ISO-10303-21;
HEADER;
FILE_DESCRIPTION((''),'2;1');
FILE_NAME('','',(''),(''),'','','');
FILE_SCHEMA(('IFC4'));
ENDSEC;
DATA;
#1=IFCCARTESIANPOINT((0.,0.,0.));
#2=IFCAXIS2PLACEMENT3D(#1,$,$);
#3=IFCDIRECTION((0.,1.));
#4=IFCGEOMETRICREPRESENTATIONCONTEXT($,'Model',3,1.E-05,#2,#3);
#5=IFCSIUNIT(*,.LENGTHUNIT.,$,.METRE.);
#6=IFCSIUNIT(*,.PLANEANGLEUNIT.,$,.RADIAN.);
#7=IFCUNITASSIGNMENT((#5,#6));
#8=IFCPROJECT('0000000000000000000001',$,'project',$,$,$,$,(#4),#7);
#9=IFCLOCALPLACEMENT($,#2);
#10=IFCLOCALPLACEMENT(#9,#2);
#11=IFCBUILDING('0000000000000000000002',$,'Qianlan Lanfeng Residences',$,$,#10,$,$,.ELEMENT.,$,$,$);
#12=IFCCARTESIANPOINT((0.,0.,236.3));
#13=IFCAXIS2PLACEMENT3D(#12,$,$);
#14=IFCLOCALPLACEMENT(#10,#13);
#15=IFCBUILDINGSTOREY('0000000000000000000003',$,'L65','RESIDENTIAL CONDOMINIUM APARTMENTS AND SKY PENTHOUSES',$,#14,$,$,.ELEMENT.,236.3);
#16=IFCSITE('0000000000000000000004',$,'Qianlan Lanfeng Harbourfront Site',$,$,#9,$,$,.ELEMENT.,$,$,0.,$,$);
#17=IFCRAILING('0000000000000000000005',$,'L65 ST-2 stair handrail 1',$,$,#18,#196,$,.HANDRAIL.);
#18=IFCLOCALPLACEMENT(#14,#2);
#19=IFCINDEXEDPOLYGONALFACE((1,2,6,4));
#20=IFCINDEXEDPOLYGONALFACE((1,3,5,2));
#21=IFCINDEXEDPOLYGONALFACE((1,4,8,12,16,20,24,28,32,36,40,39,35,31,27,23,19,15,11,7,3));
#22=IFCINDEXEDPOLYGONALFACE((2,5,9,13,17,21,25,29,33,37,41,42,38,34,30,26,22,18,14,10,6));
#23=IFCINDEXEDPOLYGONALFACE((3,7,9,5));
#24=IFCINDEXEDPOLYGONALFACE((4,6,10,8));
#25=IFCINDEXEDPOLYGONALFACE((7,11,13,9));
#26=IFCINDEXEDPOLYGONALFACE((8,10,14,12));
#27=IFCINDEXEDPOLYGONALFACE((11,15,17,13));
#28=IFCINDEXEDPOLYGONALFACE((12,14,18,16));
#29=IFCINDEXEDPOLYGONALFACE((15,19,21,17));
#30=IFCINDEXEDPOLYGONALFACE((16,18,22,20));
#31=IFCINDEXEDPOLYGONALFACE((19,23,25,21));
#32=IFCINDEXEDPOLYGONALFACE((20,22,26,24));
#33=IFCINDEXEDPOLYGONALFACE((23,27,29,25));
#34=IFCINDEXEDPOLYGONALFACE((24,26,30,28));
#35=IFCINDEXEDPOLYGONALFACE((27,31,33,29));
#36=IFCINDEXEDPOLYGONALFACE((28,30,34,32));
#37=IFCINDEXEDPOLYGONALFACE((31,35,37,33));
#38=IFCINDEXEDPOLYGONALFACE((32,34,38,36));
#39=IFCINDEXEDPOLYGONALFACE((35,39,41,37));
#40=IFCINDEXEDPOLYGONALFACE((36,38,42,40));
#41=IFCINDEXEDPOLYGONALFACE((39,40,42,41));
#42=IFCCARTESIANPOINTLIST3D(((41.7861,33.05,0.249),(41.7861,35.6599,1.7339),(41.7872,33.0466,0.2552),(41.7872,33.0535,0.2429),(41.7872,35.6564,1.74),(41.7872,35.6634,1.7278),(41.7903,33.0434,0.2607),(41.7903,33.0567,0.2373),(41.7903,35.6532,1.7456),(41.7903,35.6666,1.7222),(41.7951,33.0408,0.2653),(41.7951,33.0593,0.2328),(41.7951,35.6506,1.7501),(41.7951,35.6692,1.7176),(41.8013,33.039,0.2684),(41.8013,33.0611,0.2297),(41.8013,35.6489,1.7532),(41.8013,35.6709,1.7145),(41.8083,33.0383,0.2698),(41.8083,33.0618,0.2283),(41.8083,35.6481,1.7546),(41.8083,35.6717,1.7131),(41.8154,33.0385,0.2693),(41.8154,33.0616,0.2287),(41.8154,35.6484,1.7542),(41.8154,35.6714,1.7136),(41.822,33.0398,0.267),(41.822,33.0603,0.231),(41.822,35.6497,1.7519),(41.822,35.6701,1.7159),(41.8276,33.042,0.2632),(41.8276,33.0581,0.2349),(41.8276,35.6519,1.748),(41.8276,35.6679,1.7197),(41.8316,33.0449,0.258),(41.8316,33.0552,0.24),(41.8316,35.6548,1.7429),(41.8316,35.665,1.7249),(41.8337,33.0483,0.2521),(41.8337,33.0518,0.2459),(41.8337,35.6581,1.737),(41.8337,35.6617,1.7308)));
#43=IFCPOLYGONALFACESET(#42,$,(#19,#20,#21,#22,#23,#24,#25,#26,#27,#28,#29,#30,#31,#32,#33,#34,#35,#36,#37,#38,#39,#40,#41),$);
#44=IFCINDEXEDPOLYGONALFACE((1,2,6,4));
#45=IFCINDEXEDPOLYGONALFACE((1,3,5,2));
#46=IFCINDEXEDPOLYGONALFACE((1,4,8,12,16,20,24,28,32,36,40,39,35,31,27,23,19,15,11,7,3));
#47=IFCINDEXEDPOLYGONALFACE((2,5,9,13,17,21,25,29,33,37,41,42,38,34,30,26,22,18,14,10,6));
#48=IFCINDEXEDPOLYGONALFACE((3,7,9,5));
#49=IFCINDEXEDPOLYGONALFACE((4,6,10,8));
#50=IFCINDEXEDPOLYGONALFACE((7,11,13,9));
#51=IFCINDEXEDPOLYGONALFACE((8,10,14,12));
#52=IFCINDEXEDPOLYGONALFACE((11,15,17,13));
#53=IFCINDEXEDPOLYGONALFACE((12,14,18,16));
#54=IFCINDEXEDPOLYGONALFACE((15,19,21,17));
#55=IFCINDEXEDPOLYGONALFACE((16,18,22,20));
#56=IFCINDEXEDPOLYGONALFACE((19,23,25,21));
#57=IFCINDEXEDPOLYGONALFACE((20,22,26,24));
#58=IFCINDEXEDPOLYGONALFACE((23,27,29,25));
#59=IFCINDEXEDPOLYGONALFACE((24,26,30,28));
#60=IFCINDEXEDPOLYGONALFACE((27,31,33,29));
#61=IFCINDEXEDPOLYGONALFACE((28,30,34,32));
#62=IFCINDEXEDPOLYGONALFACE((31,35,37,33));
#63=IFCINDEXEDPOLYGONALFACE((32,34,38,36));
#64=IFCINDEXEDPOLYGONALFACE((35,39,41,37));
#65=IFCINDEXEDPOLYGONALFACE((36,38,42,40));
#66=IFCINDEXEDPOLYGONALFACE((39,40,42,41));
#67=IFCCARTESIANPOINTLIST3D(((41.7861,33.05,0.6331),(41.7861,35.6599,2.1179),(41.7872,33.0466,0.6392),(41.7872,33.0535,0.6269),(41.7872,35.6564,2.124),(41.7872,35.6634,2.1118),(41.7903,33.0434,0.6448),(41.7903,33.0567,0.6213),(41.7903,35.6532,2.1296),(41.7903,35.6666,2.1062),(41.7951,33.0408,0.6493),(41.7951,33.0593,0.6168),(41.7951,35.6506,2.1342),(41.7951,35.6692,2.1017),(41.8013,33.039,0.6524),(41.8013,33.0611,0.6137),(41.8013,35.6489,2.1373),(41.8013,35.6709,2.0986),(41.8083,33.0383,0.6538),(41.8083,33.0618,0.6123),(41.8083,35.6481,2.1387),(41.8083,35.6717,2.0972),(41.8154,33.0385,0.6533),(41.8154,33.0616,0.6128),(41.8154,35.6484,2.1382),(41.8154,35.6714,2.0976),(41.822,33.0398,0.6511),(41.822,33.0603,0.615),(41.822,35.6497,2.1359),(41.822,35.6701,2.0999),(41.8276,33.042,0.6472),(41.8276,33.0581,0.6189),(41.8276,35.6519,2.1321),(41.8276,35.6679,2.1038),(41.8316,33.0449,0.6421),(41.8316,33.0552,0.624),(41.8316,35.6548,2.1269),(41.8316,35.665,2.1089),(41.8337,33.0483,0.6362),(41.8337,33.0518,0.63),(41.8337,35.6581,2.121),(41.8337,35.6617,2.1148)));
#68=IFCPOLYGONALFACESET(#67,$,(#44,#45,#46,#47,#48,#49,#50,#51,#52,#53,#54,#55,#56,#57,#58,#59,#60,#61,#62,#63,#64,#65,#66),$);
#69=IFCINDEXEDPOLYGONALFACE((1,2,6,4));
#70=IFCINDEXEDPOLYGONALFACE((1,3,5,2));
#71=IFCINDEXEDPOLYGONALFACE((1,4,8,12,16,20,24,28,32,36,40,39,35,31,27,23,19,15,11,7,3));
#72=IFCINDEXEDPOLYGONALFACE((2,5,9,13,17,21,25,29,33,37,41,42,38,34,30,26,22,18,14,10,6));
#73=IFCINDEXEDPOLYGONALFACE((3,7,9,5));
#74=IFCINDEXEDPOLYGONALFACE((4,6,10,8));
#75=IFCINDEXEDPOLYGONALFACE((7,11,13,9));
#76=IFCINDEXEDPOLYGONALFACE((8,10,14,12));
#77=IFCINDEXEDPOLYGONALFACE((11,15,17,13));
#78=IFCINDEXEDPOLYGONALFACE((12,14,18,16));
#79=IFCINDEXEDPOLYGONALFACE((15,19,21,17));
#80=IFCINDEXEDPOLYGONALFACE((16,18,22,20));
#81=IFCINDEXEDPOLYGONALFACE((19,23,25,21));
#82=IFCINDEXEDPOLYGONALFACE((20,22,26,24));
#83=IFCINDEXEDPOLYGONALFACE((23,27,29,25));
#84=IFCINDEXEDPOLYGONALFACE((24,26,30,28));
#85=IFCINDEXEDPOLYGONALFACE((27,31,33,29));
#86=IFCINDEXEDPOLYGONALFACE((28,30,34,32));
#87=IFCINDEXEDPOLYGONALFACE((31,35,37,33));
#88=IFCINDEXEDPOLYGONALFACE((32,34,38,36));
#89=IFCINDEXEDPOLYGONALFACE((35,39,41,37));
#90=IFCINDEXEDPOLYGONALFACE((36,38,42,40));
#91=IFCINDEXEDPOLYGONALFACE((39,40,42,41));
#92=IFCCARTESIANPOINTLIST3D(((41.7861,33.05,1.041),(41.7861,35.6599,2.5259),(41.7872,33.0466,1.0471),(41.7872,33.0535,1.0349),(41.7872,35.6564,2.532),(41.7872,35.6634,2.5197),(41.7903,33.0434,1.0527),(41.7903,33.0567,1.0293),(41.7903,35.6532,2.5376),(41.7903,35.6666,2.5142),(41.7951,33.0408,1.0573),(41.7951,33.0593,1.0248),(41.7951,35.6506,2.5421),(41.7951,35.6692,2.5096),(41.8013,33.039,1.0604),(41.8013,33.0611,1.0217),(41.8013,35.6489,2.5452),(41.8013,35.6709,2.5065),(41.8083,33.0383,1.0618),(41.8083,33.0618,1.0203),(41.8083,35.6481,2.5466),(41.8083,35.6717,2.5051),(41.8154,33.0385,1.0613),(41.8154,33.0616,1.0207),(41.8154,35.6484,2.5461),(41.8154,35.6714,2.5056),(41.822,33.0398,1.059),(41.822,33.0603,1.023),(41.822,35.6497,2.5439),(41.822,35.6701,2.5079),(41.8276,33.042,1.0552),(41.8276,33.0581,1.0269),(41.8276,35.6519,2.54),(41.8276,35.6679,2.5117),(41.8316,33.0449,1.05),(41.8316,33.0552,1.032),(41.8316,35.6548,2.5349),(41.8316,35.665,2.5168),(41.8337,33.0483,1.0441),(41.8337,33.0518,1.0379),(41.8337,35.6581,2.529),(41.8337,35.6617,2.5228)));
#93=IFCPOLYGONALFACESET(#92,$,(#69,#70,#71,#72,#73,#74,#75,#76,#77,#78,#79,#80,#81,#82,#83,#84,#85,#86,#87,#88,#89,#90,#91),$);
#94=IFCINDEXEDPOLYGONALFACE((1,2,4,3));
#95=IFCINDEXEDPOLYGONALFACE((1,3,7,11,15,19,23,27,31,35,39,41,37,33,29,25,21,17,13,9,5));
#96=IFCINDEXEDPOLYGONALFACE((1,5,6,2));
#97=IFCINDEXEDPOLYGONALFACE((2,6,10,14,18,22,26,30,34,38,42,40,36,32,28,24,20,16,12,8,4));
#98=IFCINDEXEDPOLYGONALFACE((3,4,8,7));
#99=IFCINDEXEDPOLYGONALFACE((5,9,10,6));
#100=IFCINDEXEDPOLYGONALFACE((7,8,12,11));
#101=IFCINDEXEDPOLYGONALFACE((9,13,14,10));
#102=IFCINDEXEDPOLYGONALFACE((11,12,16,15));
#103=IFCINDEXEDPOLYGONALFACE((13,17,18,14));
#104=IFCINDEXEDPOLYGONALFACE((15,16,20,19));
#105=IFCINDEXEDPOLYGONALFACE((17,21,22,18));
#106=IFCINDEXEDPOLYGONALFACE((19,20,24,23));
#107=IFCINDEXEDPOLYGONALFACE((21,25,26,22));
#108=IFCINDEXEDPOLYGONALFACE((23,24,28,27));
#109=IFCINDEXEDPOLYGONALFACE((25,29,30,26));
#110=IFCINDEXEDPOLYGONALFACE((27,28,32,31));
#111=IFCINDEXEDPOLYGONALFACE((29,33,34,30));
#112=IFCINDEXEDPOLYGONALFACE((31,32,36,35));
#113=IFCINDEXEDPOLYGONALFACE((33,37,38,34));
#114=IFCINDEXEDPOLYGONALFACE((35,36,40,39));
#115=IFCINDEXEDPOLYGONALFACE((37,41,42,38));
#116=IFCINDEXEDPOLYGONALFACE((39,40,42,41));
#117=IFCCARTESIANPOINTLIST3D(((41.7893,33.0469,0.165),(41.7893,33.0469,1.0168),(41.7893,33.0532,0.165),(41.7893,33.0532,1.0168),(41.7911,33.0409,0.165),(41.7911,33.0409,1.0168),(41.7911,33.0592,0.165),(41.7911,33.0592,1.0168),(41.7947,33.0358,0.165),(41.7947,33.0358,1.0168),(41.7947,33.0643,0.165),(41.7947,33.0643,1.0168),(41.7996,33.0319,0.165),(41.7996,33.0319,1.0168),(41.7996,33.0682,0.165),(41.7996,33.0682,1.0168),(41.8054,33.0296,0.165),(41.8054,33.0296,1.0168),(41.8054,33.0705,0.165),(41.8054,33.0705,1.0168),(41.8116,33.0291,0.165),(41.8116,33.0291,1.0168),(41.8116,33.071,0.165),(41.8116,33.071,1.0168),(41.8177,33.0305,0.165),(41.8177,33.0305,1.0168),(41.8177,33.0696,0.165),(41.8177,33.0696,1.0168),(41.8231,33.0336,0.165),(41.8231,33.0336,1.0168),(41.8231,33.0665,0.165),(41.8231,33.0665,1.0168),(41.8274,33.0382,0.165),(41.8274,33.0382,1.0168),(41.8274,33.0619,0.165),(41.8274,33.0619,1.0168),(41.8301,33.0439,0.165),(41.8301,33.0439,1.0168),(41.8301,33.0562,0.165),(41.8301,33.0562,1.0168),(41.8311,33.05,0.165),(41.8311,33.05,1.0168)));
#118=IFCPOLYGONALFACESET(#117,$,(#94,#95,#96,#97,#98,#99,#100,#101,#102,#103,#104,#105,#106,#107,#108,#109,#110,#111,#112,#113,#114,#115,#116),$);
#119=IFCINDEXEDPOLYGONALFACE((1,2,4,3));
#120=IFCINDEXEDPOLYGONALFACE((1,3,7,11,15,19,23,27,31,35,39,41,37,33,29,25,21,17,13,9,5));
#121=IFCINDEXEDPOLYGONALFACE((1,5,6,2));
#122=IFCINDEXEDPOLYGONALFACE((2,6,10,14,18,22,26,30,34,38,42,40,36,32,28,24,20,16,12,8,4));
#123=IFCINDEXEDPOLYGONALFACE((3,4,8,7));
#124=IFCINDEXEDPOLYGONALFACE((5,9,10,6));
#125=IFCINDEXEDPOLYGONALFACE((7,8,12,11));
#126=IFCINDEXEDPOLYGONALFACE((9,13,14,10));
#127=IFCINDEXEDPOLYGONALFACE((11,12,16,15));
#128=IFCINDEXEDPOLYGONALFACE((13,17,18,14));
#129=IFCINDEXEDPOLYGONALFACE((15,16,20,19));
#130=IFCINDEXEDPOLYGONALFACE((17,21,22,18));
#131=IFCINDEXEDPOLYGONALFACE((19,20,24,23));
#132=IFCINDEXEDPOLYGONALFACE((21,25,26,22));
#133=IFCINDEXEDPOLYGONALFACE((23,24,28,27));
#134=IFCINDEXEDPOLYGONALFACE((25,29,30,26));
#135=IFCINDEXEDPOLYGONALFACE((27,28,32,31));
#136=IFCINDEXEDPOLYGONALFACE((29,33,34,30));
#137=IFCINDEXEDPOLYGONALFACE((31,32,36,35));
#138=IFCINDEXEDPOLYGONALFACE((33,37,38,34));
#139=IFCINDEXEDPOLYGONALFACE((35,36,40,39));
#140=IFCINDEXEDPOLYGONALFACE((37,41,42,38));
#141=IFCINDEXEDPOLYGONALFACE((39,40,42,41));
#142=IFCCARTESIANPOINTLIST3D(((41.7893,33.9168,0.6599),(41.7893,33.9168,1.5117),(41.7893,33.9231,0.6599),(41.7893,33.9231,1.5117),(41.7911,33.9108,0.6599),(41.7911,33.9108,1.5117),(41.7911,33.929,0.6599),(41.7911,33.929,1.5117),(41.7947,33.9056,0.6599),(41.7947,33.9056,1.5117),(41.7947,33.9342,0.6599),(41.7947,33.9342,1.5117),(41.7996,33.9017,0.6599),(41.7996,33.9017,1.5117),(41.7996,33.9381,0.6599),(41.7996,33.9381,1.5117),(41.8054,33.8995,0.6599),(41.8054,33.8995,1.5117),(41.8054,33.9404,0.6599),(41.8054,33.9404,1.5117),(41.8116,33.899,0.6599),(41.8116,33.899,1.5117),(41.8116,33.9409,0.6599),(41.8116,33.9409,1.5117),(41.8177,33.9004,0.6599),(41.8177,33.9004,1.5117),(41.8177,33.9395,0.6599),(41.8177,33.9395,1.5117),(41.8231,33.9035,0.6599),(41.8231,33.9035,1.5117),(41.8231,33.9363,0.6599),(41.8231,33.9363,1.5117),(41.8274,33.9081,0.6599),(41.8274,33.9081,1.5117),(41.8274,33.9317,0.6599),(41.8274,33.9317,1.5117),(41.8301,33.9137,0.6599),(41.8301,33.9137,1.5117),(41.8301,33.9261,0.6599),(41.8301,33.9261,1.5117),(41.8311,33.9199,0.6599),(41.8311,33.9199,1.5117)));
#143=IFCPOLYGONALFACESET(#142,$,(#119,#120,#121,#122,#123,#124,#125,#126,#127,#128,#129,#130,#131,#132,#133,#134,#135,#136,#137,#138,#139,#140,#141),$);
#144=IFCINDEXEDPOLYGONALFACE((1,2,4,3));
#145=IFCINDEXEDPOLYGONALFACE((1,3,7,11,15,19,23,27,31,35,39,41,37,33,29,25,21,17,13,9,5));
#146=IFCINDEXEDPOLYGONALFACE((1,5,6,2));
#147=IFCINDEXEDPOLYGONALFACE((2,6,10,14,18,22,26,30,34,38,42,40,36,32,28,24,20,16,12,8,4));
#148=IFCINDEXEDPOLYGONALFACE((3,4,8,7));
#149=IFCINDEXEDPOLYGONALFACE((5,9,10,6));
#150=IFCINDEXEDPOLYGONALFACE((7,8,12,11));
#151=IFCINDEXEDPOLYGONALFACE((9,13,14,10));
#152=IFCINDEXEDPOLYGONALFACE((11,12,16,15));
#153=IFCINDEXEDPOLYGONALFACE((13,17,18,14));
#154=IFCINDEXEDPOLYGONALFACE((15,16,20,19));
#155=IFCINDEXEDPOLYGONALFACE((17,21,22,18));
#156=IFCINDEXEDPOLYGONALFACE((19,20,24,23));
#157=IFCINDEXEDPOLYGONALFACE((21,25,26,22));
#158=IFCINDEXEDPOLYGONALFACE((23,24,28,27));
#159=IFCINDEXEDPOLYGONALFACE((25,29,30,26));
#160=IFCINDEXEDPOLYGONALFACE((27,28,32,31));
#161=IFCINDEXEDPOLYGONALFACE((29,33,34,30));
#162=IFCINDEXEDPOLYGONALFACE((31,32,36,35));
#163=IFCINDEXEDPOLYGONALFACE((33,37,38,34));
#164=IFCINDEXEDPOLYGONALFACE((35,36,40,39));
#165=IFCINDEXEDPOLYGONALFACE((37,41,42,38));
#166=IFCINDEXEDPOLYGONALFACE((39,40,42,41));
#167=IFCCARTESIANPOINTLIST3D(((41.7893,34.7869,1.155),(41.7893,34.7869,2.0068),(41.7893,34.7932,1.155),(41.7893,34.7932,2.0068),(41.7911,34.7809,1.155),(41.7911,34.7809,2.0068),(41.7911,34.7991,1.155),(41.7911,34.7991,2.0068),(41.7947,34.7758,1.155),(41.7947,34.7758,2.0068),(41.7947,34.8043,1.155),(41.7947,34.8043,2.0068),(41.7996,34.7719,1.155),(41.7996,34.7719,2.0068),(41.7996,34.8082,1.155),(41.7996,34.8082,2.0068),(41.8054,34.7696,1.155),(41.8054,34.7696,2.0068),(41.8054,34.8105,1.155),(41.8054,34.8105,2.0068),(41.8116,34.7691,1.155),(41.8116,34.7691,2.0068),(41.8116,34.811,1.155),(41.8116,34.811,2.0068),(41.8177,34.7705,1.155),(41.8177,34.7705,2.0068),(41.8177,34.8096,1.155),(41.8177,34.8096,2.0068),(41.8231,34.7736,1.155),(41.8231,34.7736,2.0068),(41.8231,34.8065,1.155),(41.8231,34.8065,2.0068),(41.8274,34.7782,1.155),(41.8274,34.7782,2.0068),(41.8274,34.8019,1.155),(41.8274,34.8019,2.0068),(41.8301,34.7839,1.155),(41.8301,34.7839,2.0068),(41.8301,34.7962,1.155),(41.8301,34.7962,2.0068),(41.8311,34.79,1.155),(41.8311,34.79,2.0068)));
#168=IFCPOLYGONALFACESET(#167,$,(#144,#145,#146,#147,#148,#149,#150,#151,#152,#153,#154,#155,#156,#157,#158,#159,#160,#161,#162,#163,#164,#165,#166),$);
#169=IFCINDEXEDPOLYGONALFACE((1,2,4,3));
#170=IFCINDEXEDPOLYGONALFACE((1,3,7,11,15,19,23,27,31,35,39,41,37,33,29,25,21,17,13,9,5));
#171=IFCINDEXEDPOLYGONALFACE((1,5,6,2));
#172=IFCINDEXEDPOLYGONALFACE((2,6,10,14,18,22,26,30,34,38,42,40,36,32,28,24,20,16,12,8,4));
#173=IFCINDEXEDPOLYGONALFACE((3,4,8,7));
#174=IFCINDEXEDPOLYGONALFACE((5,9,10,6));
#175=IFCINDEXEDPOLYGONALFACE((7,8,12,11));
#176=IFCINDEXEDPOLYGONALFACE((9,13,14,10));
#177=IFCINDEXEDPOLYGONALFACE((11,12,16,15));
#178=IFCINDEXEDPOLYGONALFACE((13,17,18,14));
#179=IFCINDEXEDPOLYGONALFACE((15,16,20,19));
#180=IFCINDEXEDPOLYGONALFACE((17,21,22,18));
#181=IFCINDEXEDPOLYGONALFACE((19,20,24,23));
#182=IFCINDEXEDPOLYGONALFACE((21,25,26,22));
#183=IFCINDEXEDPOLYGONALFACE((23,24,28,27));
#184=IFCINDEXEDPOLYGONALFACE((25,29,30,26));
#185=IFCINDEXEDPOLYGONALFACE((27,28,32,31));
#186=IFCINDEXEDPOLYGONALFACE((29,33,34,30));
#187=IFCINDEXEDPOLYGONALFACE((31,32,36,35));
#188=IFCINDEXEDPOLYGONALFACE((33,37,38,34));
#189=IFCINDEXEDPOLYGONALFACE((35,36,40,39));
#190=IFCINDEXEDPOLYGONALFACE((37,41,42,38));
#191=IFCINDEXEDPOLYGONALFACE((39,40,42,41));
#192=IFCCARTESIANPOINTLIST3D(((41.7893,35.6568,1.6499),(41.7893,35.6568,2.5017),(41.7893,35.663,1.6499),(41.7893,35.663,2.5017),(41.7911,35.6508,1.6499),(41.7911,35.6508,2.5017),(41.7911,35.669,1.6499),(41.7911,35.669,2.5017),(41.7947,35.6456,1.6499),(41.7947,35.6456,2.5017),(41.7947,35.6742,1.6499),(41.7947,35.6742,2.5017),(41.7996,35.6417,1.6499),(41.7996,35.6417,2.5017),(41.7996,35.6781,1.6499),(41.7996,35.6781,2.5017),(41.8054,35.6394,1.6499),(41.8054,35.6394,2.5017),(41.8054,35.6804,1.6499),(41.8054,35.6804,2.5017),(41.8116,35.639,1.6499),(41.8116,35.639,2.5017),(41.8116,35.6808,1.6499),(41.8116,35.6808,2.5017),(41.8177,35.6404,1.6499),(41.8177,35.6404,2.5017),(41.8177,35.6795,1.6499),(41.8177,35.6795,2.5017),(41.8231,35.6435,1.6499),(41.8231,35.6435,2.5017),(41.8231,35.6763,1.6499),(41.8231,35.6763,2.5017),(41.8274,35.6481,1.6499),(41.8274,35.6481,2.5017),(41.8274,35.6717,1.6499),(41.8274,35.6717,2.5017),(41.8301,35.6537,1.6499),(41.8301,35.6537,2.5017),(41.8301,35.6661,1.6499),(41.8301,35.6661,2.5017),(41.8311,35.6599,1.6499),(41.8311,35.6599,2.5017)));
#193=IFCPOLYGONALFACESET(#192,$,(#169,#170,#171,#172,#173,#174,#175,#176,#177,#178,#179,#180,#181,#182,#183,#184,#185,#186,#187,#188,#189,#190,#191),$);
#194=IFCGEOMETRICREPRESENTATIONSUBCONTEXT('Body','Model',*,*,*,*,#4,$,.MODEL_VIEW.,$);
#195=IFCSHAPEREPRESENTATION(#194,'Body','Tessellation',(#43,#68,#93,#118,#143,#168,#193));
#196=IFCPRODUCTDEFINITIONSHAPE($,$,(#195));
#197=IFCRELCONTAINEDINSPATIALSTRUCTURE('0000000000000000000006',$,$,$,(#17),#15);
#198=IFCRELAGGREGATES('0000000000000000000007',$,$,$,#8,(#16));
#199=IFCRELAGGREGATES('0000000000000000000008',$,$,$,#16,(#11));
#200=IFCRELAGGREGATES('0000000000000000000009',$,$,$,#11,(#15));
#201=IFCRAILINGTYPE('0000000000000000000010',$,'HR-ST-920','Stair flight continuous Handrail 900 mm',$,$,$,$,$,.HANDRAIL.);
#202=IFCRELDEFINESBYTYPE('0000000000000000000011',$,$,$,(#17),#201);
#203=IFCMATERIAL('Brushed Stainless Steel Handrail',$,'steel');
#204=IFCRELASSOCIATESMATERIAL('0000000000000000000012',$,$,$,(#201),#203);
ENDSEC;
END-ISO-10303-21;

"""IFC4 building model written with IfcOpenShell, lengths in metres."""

from ifc_helpers import new_model, si_unit, direction, frame, origin, origin_2d, place, context, subcontext, project, spatial, circle, extrude, material, type_object, element, save


model = new_model("IFC4")

# Units and contexts
model_context = context("Model", 3, precision=1e-05, world=origin(), true_north=direction((0.0, 1.0)))
body_context = subcontext(model_context, "Body", "Model", "MODEL_VIEW")
ifc_project = project(units=[si_unit("LENGTHUNIT", "METRE"), si_unit("PLANEANGLEUNIT", "RADIAN")], contexts=[model_context])

# Site, building, storey
site_placement = place(None, origin())
site = spatial("IfcSite", under=ifc_project, at=site_placement, Name="Qianlan Lanfeng Harbourfront Site", CompositionType="ELEMENT", RefElevation=0.0)
building_placement = place(site_placement, origin())
building = spatial("IfcBuilding", under=site, at=building_placement, Name="Qianlan Lanfeng Residences", CompositionType="ELEMENT")
storey_placement = place(building_placement, frame((0.0, 0.0, 236.3)))
storey = spatial("IfcBuildingStorey", under=building, at=storey_placement, Name="L65", Description="RESIDENTIAL CONDOMINIUM APARTMENTS AND SKY PENTHOUSES", CompositionType="ELEMENT", Elevation=236.3)

# Railing
ifc_material_1 = material(Name="Brushed Stainless Steel Handrail", Category="steel")
railing_type_1 = type_object("IfcRailingType", Name="HR-ST-920", Description="Stair flight continuous Handrail 900 mm", PredefinedType="HANDRAIL", material=ifc_material_1)
railing_1_placement = place(storey_placement, frame((41.8101, 33.05, 0.165)))
element("IfcRailing", 1, at=railing_1_placement, inside=storey, type_object=railing_type_1, Name="L65 ST-2 stair handrail 1", PredefinedType="HANDRAIL", context=body_context, shape_type="SweptSolid", body=[
    extrude(circle(Radius=0.0239, at=origin_2d()), frame((0.0, 0.0, 0.084), z_axis=(0.0, 0.869172, 0.494509), x_axis=(-1.0, 0.0, 0.0)), (0.0, 0.0, 1.0), 3.0027),
    extrude(circle(Radius=0.0239, at=origin_2d()), frame((0.0, 0.0, 0.468), z_axis=(0.0, 0.869172, 0.494509), x_axis=(-1.0, 0.0, 0.0)), (0.0, 0.0, 1.0), 3.0027),
    extrude(circle(Radius=0.0239, at=origin_2d()), frame((0.0, 0.0, 0.876), z_axis=(0.0, 0.869172, 0.494509), x_axis=(-1.0, 0.0, 0.0)), (0.0, 0.0, 1.0), 3.0027),
    extrude(circle(Radius=0.021, at=origin_2d()), origin(), (0.0, 0.0, 1.0), 0.8518),
    extrude(circle(Radius=0.021, at=origin_2d()), frame((0.0, 0.8699, 0.4949)), (0.0, 0.0, 1.0), 0.8518),
    extrude(circle(Radius=0.021, at=origin_2d()), frame((0.0, 1.74, 0.99)), (0.0, 0.0, 1.0), 0.8518),
    extrude(circle(Radius=0.021, at=origin_2d()), frame((0.0, 2.6099, 1.4849)), (0.0, 0.0, 1.0), 0.8518),
])

save(model, "model.ifc")
